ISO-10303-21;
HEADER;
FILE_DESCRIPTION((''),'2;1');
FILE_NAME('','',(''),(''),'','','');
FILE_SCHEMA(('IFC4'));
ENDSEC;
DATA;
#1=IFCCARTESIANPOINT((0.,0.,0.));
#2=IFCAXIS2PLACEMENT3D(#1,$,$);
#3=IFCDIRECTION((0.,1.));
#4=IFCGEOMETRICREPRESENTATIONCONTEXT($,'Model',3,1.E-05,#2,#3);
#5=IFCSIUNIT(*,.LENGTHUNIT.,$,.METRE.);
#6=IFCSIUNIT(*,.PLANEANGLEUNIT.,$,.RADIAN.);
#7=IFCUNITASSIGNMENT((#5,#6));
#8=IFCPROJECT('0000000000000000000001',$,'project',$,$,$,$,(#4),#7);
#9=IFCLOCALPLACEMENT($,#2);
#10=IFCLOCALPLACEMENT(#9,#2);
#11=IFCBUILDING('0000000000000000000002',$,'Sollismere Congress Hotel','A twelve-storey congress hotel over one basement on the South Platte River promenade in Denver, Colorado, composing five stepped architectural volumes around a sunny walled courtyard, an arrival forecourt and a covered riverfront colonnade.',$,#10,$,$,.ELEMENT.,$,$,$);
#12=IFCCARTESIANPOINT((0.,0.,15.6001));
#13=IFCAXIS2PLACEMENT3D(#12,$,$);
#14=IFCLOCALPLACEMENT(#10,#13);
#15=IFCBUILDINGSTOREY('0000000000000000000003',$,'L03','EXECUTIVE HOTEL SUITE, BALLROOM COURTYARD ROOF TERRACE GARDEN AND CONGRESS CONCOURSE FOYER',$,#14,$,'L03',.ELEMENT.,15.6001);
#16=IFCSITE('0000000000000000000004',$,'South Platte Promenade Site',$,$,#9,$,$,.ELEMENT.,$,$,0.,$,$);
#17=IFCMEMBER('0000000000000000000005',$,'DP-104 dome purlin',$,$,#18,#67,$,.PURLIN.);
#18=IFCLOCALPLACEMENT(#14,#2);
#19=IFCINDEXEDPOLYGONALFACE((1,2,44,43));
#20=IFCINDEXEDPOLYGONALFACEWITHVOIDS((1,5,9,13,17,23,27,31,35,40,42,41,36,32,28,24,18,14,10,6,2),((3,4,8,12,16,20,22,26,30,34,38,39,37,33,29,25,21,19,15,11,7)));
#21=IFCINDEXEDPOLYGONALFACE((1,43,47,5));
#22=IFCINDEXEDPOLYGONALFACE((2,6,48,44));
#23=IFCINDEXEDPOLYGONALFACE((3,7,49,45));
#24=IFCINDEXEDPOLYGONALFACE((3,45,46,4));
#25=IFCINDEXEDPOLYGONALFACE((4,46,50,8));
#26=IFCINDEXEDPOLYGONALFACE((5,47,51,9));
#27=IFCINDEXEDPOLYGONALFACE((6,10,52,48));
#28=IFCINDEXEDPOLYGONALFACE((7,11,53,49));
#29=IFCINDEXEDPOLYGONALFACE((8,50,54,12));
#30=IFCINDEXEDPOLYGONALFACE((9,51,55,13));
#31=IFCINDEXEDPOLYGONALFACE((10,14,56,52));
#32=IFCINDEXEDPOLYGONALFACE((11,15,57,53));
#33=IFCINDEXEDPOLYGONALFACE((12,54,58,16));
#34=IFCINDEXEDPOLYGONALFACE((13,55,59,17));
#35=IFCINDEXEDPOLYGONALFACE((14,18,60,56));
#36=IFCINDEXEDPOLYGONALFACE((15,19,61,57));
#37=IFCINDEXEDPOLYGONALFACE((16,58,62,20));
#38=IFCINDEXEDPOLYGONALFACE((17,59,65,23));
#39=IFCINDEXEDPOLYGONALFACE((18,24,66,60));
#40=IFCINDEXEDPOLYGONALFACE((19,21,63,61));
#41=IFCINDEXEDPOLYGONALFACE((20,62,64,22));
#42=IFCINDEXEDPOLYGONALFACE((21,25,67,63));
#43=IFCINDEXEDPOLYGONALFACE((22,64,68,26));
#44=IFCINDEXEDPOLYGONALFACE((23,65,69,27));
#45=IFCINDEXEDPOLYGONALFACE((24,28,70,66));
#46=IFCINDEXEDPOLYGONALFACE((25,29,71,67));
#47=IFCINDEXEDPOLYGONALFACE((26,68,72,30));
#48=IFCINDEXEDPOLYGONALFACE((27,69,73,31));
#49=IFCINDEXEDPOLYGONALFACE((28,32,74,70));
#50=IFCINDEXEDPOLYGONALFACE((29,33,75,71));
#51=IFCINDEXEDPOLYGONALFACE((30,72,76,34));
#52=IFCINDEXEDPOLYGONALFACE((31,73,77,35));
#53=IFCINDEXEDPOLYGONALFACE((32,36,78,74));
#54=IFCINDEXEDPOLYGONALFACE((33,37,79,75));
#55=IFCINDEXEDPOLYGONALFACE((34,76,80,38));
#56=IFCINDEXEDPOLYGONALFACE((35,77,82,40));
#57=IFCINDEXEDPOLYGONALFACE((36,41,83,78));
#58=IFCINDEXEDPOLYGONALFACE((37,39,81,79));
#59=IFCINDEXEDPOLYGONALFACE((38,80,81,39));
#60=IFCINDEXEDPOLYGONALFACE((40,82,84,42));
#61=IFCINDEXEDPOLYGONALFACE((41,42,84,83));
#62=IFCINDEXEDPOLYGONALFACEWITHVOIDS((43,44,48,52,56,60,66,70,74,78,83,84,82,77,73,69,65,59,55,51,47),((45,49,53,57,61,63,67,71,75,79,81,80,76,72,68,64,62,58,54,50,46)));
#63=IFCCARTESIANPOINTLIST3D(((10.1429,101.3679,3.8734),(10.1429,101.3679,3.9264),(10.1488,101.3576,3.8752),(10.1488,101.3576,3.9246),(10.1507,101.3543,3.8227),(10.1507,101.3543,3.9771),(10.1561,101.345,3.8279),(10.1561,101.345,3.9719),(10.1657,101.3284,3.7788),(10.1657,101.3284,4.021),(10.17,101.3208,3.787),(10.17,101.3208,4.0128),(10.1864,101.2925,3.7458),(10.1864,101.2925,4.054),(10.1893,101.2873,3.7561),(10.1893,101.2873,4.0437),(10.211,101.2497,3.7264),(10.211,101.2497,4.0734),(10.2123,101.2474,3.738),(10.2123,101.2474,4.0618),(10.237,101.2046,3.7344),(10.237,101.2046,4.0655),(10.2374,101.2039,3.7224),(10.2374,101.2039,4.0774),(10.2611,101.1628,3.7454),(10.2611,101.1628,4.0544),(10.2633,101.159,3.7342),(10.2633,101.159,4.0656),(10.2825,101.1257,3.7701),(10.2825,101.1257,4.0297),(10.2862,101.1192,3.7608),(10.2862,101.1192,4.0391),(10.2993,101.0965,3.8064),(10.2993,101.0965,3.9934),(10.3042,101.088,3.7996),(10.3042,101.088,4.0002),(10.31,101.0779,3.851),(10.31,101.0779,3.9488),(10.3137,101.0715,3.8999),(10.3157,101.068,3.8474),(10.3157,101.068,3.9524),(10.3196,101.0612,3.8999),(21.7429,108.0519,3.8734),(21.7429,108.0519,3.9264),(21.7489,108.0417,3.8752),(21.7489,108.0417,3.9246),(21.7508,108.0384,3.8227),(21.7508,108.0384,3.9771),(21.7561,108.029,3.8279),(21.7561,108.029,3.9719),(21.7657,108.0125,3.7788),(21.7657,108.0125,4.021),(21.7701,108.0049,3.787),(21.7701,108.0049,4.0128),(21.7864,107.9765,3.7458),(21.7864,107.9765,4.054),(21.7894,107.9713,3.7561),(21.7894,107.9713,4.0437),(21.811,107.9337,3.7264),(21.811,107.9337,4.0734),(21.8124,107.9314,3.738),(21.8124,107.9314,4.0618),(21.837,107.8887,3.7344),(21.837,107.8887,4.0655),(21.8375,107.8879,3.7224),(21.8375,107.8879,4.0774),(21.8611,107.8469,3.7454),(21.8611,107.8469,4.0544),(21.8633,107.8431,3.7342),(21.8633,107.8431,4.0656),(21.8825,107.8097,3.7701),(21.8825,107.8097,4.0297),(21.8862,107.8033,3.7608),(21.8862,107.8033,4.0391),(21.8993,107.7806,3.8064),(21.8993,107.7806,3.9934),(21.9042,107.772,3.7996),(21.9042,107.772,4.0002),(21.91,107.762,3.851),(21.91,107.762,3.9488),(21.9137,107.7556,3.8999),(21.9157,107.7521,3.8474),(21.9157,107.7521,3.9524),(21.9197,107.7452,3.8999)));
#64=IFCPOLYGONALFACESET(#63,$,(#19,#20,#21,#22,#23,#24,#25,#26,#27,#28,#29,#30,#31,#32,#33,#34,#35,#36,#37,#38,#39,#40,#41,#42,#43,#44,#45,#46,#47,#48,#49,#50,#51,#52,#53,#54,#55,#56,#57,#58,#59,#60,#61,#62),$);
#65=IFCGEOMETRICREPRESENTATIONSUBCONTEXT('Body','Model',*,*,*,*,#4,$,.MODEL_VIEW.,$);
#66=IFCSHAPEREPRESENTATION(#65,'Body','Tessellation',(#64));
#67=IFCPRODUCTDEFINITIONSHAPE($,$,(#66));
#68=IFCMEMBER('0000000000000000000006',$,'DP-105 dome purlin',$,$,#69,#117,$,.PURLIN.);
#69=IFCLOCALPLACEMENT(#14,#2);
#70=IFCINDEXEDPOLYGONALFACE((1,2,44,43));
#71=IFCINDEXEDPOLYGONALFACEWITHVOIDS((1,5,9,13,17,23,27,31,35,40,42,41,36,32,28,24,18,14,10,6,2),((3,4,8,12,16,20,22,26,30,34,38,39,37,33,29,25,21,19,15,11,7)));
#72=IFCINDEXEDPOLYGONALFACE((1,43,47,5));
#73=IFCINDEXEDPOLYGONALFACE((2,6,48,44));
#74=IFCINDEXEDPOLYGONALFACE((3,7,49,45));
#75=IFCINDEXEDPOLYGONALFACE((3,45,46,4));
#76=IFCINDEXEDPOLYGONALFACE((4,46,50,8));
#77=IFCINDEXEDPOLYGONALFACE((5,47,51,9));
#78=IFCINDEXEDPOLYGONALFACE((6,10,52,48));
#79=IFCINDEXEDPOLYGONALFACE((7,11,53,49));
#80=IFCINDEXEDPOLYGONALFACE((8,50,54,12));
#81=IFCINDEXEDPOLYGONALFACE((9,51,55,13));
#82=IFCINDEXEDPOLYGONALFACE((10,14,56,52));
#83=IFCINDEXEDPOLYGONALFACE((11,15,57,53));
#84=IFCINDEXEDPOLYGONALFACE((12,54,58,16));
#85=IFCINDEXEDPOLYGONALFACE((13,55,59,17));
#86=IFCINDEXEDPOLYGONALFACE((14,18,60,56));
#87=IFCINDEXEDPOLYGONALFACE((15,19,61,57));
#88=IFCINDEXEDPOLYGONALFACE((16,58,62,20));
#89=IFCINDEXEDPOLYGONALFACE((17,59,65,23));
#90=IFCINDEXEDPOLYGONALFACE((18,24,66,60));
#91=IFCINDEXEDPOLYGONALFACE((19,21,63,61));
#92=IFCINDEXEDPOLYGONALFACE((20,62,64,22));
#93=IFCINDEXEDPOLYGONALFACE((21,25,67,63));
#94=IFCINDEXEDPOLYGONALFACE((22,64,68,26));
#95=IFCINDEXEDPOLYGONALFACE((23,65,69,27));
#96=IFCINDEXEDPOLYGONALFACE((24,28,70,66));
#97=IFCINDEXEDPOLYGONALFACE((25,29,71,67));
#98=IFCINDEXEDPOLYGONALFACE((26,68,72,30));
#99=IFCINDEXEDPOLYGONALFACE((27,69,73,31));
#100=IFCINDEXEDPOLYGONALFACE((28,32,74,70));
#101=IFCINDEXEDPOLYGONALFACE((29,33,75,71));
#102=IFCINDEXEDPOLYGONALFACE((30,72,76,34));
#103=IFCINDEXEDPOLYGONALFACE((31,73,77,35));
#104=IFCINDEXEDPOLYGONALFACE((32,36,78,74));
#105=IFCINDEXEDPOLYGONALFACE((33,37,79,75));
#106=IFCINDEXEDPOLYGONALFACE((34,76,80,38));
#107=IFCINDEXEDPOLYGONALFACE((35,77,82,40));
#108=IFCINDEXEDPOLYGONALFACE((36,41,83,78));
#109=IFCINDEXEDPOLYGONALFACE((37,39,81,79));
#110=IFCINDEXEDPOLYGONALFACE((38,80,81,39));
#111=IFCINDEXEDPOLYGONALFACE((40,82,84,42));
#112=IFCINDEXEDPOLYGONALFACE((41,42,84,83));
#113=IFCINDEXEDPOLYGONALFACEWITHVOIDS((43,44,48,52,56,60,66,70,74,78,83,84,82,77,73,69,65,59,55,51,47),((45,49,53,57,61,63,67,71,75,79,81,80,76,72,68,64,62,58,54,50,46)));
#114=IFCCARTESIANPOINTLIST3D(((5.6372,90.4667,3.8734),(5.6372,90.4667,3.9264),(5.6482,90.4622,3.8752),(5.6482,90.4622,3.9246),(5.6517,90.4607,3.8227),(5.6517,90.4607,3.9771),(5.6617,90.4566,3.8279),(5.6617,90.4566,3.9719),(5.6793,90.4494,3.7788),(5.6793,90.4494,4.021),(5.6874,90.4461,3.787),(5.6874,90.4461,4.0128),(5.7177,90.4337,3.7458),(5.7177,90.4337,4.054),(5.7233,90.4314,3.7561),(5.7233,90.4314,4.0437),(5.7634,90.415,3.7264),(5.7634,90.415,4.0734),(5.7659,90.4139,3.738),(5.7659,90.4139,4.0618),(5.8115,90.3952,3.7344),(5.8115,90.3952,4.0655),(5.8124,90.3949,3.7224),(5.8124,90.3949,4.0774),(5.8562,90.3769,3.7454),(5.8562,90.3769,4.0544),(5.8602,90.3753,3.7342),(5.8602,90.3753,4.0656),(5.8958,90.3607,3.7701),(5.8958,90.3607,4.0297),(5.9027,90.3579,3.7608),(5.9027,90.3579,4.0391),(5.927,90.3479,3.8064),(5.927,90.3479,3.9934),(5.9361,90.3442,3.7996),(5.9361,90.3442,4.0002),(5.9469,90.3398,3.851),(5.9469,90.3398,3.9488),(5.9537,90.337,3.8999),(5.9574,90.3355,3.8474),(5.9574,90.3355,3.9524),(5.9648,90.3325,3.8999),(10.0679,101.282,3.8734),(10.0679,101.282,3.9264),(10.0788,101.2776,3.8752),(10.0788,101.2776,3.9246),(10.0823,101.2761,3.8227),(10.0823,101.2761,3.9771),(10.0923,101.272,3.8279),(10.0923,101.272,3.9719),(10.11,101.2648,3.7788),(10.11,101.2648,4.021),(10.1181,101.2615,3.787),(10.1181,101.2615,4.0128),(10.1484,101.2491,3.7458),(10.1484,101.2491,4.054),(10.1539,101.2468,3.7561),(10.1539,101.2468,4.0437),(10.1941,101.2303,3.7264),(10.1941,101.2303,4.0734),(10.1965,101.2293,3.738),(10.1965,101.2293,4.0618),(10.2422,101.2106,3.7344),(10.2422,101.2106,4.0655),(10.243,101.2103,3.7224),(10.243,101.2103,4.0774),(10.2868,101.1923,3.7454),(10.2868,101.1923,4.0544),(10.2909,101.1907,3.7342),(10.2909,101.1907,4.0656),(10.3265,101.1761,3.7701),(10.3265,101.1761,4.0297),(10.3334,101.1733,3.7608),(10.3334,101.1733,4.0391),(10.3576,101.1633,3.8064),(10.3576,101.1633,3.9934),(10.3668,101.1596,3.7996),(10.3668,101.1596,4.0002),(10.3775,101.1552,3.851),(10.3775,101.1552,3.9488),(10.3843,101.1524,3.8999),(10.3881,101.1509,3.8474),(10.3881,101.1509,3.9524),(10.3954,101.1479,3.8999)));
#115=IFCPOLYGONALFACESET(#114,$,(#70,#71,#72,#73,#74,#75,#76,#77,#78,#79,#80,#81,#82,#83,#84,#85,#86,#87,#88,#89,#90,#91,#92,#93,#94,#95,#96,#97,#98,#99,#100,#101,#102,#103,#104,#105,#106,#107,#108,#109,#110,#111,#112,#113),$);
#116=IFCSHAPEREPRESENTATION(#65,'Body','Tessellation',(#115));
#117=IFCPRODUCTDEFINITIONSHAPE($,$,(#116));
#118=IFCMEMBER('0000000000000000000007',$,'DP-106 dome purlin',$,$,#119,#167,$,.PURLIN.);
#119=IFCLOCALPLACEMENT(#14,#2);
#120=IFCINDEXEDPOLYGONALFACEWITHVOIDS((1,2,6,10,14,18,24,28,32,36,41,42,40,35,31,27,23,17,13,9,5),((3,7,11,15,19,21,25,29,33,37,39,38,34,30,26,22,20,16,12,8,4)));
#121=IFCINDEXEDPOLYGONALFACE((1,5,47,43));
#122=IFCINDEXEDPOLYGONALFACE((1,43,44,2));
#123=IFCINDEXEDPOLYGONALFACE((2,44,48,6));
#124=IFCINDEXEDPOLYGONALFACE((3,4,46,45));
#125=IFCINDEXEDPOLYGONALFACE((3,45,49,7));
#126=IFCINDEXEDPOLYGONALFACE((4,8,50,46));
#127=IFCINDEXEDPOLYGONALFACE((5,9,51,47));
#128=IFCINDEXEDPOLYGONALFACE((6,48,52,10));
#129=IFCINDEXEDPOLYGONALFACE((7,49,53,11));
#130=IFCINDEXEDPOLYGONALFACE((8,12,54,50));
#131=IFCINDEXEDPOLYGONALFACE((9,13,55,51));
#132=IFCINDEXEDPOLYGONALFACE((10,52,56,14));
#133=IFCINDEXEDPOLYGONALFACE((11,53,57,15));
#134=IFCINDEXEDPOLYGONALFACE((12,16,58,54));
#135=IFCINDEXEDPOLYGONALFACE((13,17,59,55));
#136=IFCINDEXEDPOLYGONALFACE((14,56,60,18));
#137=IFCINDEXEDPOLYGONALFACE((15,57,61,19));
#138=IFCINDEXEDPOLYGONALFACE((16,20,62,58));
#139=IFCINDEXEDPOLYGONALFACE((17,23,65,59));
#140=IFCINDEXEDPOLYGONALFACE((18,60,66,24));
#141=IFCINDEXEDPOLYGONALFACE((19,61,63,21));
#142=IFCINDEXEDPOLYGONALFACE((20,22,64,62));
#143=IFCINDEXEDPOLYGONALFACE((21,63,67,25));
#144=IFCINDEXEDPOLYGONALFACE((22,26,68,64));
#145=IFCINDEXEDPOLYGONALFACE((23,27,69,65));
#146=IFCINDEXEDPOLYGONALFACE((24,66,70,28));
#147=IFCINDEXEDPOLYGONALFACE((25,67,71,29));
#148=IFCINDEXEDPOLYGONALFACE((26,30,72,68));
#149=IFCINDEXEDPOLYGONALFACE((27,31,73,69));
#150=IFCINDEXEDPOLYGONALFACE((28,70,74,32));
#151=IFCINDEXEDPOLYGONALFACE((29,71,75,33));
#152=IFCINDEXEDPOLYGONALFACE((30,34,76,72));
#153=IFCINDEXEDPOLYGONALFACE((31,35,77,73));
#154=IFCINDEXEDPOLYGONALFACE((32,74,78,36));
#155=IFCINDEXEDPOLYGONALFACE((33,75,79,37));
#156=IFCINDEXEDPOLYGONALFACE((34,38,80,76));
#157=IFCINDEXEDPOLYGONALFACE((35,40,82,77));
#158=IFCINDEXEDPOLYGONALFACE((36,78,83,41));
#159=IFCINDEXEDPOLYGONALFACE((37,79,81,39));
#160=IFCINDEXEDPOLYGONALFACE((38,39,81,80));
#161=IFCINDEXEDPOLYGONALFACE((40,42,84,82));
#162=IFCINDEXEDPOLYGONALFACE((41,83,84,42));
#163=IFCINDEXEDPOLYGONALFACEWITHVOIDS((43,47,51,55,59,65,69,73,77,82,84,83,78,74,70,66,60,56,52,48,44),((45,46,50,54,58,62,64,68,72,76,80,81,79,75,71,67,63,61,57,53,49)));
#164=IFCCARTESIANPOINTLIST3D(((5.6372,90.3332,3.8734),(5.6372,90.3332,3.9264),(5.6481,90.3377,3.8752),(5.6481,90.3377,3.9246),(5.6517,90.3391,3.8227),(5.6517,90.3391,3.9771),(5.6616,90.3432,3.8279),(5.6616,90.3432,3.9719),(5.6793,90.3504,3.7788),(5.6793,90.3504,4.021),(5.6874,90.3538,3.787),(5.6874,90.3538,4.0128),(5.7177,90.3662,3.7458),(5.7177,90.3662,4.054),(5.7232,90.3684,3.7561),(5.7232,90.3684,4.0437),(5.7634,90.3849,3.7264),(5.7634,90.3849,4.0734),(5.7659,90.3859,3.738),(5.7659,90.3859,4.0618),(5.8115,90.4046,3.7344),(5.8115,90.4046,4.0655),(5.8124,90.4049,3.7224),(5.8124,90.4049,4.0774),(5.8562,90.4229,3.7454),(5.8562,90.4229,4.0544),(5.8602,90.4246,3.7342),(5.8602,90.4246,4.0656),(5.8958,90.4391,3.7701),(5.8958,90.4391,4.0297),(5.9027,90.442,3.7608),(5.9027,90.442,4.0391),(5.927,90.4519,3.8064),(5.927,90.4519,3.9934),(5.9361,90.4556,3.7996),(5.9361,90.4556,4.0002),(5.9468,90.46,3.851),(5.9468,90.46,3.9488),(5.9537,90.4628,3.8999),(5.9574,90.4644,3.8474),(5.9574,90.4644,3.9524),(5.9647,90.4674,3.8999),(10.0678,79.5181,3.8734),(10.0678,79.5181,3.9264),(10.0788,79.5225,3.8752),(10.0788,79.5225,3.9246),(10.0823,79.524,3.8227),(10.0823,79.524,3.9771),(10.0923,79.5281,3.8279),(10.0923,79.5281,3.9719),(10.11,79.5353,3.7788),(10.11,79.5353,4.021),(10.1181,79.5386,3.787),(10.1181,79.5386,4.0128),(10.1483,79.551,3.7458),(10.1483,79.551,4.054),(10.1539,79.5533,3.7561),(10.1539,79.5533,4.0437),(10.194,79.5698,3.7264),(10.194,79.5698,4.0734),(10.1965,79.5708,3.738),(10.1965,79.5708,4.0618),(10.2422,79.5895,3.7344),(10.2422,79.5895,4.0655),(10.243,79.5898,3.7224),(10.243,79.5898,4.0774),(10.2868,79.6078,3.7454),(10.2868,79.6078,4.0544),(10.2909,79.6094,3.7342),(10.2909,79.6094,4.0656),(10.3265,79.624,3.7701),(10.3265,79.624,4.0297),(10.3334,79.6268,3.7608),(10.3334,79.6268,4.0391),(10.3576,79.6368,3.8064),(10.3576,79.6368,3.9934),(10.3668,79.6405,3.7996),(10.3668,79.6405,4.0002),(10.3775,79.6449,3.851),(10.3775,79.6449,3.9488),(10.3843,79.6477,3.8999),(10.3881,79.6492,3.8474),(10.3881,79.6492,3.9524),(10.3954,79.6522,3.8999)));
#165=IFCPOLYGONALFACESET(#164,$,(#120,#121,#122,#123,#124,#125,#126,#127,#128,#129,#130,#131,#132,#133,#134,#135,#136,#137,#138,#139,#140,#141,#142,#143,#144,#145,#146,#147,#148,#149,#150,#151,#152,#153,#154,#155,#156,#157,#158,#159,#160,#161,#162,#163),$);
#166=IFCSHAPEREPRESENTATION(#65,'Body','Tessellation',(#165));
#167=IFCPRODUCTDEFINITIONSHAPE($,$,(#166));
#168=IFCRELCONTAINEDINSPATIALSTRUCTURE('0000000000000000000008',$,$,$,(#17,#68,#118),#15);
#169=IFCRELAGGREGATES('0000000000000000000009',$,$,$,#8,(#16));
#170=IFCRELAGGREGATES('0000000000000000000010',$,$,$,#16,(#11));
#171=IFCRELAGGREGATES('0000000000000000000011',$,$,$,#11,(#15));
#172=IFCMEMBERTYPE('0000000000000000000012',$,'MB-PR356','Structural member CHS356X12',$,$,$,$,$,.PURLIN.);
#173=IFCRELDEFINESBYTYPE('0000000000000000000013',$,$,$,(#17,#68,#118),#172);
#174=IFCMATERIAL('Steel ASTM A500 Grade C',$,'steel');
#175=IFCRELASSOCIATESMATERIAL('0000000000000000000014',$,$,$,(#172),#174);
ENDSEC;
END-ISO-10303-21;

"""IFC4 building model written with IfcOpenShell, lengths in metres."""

from ifc_helpers import new_model, si_unit, direction, frame, origin, origin_2d, place, context, subcontext, project, spatial, hollow_circle, extrude, material, material_profile, profile_set, type_object, element, save


model = new_model("IFC4")

# Units and contexts
model_context = context("Model", 3, precision=1e-05, world=origin(), true_north=direction((0.0, 1.0)))
body_context = subcontext(model_context, "Body", "Model", "MODEL_VIEW")
ifc_project = project(units=[si_unit("LENGTHUNIT", "METRE"), si_unit("PLANEANGLEUNIT", "RADIAN")], contexts=[model_context])

# Site, building, storey
site_placement = place(None, origin())
site = spatial("IfcSite", under=ifc_project, at=site_placement, Name="South Platte Promenade Site", CompositionType="ELEMENT", RefElevation=0.0)
building_placement = place(site_placement, origin())
building = spatial("IfcBuilding", under=site, at=building_placement, Name="Sollismere Congress Hotel", Description="A twelve-storey congress hotel over one basement on the South Platte River promenade in Denver, Colorado, composing five stepped architectural volumes around a sunny walled courtyard, an arrival forecourt and a covered riverfront colonnade.", CompositionType="ELEMENT")
storey_placement = place(building_placement, frame((0.0, 0.0, 15.6001)))
storey = spatial("IfcBuildingStorey", under=building, at=storey_placement, Name="L03", Description="EXECUTIVE HOTEL SUITE, BALLROOM COURTYARD ROOF TERRACE GARDEN AND CONGRESS CONCOURSE FOYER", LongName="L03", CompositionType="ELEMENT", Elevation=15.6001)

# Members
ifc_material_1 = material(Name="Steel ASTM A500 Grade C", Category="steel")
ifc_material_profile_1 = material_profile(ifc_material_1, hollow_circle(Radius=0.178, WallThickness=0.012, at=origin_2d()), Name="CHS356X12")
ifc_profile_set_1 = profile_set([ifc_material_profile_1], Name="Steel ASTM A500 Grade C")
member_type_1 = type_object("IfcMemberType", Name="MB-PR356", Description="Structural member CHS356X12", PredefinedType="PURLIN", material=ifc_profile_set_1)
member_1_placement = place(storey_placement, frame((21.8308, 107.8994, 3.8999), z_axis=(-0.866453, -0.499258, 0.0), x_axis=(0.499258, -0.866453, 0.0)))
element("IfcMember", 1, at=member_1_placement, inside=storey, type_object=member_type_1, Name="DP-104 dome purlin", PredefinedType="PURLIN", context=body_context, shape_type="SweptSolid", body=[
    extrude(hollow_circle(Radius=0.178, WallThickness=0.012, at=origin_2d()), origin(), (0.0, 0.0, 1.0), 13.3879),
])
member_2_placement = place(storey_placement, frame((10.2307, 101.2153, 3.8999), z_axis=(-0.379085, -0.925362, 0.0), x_axis=(0.925362, -0.379085, 0.0)))
element("IfcMember", 2, at=member_2_placement, inside=storey, type_object=member_type_1, Name="DP-105 dome purlin", PredefinedType="PURLIN", context=body_context, shape_type="SweptSolid", body=[
    extrude(hollow_circle(Radius=0.178, WallThickness=0.012, at=origin_2d()), origin(), (0.0, 0.0, 1.0), 11.6877),
])
member_3_placement = place(storey_placement, frame((5.8, 90.3999, 3.8999), z_axis=(0.379092, -0.925359, 0.0), x_axis=(0.925359, 0.379092, 0.0)))
element("IfcMember", 3, at=member_3_placement, inside=storey, type_object=member_type_1, Name="DP-106 dome purlin", PredefinedType="PURLIN", context=body_context, shape_type="SweptSolid", body=[
    extrude(hollow_circle(Radius=0.178, WallThickness=0.012, at=origin_2d()), origin(), (0.0, 0.0, 1.0), 11.6875),
])

save(model, "model.ifc")
